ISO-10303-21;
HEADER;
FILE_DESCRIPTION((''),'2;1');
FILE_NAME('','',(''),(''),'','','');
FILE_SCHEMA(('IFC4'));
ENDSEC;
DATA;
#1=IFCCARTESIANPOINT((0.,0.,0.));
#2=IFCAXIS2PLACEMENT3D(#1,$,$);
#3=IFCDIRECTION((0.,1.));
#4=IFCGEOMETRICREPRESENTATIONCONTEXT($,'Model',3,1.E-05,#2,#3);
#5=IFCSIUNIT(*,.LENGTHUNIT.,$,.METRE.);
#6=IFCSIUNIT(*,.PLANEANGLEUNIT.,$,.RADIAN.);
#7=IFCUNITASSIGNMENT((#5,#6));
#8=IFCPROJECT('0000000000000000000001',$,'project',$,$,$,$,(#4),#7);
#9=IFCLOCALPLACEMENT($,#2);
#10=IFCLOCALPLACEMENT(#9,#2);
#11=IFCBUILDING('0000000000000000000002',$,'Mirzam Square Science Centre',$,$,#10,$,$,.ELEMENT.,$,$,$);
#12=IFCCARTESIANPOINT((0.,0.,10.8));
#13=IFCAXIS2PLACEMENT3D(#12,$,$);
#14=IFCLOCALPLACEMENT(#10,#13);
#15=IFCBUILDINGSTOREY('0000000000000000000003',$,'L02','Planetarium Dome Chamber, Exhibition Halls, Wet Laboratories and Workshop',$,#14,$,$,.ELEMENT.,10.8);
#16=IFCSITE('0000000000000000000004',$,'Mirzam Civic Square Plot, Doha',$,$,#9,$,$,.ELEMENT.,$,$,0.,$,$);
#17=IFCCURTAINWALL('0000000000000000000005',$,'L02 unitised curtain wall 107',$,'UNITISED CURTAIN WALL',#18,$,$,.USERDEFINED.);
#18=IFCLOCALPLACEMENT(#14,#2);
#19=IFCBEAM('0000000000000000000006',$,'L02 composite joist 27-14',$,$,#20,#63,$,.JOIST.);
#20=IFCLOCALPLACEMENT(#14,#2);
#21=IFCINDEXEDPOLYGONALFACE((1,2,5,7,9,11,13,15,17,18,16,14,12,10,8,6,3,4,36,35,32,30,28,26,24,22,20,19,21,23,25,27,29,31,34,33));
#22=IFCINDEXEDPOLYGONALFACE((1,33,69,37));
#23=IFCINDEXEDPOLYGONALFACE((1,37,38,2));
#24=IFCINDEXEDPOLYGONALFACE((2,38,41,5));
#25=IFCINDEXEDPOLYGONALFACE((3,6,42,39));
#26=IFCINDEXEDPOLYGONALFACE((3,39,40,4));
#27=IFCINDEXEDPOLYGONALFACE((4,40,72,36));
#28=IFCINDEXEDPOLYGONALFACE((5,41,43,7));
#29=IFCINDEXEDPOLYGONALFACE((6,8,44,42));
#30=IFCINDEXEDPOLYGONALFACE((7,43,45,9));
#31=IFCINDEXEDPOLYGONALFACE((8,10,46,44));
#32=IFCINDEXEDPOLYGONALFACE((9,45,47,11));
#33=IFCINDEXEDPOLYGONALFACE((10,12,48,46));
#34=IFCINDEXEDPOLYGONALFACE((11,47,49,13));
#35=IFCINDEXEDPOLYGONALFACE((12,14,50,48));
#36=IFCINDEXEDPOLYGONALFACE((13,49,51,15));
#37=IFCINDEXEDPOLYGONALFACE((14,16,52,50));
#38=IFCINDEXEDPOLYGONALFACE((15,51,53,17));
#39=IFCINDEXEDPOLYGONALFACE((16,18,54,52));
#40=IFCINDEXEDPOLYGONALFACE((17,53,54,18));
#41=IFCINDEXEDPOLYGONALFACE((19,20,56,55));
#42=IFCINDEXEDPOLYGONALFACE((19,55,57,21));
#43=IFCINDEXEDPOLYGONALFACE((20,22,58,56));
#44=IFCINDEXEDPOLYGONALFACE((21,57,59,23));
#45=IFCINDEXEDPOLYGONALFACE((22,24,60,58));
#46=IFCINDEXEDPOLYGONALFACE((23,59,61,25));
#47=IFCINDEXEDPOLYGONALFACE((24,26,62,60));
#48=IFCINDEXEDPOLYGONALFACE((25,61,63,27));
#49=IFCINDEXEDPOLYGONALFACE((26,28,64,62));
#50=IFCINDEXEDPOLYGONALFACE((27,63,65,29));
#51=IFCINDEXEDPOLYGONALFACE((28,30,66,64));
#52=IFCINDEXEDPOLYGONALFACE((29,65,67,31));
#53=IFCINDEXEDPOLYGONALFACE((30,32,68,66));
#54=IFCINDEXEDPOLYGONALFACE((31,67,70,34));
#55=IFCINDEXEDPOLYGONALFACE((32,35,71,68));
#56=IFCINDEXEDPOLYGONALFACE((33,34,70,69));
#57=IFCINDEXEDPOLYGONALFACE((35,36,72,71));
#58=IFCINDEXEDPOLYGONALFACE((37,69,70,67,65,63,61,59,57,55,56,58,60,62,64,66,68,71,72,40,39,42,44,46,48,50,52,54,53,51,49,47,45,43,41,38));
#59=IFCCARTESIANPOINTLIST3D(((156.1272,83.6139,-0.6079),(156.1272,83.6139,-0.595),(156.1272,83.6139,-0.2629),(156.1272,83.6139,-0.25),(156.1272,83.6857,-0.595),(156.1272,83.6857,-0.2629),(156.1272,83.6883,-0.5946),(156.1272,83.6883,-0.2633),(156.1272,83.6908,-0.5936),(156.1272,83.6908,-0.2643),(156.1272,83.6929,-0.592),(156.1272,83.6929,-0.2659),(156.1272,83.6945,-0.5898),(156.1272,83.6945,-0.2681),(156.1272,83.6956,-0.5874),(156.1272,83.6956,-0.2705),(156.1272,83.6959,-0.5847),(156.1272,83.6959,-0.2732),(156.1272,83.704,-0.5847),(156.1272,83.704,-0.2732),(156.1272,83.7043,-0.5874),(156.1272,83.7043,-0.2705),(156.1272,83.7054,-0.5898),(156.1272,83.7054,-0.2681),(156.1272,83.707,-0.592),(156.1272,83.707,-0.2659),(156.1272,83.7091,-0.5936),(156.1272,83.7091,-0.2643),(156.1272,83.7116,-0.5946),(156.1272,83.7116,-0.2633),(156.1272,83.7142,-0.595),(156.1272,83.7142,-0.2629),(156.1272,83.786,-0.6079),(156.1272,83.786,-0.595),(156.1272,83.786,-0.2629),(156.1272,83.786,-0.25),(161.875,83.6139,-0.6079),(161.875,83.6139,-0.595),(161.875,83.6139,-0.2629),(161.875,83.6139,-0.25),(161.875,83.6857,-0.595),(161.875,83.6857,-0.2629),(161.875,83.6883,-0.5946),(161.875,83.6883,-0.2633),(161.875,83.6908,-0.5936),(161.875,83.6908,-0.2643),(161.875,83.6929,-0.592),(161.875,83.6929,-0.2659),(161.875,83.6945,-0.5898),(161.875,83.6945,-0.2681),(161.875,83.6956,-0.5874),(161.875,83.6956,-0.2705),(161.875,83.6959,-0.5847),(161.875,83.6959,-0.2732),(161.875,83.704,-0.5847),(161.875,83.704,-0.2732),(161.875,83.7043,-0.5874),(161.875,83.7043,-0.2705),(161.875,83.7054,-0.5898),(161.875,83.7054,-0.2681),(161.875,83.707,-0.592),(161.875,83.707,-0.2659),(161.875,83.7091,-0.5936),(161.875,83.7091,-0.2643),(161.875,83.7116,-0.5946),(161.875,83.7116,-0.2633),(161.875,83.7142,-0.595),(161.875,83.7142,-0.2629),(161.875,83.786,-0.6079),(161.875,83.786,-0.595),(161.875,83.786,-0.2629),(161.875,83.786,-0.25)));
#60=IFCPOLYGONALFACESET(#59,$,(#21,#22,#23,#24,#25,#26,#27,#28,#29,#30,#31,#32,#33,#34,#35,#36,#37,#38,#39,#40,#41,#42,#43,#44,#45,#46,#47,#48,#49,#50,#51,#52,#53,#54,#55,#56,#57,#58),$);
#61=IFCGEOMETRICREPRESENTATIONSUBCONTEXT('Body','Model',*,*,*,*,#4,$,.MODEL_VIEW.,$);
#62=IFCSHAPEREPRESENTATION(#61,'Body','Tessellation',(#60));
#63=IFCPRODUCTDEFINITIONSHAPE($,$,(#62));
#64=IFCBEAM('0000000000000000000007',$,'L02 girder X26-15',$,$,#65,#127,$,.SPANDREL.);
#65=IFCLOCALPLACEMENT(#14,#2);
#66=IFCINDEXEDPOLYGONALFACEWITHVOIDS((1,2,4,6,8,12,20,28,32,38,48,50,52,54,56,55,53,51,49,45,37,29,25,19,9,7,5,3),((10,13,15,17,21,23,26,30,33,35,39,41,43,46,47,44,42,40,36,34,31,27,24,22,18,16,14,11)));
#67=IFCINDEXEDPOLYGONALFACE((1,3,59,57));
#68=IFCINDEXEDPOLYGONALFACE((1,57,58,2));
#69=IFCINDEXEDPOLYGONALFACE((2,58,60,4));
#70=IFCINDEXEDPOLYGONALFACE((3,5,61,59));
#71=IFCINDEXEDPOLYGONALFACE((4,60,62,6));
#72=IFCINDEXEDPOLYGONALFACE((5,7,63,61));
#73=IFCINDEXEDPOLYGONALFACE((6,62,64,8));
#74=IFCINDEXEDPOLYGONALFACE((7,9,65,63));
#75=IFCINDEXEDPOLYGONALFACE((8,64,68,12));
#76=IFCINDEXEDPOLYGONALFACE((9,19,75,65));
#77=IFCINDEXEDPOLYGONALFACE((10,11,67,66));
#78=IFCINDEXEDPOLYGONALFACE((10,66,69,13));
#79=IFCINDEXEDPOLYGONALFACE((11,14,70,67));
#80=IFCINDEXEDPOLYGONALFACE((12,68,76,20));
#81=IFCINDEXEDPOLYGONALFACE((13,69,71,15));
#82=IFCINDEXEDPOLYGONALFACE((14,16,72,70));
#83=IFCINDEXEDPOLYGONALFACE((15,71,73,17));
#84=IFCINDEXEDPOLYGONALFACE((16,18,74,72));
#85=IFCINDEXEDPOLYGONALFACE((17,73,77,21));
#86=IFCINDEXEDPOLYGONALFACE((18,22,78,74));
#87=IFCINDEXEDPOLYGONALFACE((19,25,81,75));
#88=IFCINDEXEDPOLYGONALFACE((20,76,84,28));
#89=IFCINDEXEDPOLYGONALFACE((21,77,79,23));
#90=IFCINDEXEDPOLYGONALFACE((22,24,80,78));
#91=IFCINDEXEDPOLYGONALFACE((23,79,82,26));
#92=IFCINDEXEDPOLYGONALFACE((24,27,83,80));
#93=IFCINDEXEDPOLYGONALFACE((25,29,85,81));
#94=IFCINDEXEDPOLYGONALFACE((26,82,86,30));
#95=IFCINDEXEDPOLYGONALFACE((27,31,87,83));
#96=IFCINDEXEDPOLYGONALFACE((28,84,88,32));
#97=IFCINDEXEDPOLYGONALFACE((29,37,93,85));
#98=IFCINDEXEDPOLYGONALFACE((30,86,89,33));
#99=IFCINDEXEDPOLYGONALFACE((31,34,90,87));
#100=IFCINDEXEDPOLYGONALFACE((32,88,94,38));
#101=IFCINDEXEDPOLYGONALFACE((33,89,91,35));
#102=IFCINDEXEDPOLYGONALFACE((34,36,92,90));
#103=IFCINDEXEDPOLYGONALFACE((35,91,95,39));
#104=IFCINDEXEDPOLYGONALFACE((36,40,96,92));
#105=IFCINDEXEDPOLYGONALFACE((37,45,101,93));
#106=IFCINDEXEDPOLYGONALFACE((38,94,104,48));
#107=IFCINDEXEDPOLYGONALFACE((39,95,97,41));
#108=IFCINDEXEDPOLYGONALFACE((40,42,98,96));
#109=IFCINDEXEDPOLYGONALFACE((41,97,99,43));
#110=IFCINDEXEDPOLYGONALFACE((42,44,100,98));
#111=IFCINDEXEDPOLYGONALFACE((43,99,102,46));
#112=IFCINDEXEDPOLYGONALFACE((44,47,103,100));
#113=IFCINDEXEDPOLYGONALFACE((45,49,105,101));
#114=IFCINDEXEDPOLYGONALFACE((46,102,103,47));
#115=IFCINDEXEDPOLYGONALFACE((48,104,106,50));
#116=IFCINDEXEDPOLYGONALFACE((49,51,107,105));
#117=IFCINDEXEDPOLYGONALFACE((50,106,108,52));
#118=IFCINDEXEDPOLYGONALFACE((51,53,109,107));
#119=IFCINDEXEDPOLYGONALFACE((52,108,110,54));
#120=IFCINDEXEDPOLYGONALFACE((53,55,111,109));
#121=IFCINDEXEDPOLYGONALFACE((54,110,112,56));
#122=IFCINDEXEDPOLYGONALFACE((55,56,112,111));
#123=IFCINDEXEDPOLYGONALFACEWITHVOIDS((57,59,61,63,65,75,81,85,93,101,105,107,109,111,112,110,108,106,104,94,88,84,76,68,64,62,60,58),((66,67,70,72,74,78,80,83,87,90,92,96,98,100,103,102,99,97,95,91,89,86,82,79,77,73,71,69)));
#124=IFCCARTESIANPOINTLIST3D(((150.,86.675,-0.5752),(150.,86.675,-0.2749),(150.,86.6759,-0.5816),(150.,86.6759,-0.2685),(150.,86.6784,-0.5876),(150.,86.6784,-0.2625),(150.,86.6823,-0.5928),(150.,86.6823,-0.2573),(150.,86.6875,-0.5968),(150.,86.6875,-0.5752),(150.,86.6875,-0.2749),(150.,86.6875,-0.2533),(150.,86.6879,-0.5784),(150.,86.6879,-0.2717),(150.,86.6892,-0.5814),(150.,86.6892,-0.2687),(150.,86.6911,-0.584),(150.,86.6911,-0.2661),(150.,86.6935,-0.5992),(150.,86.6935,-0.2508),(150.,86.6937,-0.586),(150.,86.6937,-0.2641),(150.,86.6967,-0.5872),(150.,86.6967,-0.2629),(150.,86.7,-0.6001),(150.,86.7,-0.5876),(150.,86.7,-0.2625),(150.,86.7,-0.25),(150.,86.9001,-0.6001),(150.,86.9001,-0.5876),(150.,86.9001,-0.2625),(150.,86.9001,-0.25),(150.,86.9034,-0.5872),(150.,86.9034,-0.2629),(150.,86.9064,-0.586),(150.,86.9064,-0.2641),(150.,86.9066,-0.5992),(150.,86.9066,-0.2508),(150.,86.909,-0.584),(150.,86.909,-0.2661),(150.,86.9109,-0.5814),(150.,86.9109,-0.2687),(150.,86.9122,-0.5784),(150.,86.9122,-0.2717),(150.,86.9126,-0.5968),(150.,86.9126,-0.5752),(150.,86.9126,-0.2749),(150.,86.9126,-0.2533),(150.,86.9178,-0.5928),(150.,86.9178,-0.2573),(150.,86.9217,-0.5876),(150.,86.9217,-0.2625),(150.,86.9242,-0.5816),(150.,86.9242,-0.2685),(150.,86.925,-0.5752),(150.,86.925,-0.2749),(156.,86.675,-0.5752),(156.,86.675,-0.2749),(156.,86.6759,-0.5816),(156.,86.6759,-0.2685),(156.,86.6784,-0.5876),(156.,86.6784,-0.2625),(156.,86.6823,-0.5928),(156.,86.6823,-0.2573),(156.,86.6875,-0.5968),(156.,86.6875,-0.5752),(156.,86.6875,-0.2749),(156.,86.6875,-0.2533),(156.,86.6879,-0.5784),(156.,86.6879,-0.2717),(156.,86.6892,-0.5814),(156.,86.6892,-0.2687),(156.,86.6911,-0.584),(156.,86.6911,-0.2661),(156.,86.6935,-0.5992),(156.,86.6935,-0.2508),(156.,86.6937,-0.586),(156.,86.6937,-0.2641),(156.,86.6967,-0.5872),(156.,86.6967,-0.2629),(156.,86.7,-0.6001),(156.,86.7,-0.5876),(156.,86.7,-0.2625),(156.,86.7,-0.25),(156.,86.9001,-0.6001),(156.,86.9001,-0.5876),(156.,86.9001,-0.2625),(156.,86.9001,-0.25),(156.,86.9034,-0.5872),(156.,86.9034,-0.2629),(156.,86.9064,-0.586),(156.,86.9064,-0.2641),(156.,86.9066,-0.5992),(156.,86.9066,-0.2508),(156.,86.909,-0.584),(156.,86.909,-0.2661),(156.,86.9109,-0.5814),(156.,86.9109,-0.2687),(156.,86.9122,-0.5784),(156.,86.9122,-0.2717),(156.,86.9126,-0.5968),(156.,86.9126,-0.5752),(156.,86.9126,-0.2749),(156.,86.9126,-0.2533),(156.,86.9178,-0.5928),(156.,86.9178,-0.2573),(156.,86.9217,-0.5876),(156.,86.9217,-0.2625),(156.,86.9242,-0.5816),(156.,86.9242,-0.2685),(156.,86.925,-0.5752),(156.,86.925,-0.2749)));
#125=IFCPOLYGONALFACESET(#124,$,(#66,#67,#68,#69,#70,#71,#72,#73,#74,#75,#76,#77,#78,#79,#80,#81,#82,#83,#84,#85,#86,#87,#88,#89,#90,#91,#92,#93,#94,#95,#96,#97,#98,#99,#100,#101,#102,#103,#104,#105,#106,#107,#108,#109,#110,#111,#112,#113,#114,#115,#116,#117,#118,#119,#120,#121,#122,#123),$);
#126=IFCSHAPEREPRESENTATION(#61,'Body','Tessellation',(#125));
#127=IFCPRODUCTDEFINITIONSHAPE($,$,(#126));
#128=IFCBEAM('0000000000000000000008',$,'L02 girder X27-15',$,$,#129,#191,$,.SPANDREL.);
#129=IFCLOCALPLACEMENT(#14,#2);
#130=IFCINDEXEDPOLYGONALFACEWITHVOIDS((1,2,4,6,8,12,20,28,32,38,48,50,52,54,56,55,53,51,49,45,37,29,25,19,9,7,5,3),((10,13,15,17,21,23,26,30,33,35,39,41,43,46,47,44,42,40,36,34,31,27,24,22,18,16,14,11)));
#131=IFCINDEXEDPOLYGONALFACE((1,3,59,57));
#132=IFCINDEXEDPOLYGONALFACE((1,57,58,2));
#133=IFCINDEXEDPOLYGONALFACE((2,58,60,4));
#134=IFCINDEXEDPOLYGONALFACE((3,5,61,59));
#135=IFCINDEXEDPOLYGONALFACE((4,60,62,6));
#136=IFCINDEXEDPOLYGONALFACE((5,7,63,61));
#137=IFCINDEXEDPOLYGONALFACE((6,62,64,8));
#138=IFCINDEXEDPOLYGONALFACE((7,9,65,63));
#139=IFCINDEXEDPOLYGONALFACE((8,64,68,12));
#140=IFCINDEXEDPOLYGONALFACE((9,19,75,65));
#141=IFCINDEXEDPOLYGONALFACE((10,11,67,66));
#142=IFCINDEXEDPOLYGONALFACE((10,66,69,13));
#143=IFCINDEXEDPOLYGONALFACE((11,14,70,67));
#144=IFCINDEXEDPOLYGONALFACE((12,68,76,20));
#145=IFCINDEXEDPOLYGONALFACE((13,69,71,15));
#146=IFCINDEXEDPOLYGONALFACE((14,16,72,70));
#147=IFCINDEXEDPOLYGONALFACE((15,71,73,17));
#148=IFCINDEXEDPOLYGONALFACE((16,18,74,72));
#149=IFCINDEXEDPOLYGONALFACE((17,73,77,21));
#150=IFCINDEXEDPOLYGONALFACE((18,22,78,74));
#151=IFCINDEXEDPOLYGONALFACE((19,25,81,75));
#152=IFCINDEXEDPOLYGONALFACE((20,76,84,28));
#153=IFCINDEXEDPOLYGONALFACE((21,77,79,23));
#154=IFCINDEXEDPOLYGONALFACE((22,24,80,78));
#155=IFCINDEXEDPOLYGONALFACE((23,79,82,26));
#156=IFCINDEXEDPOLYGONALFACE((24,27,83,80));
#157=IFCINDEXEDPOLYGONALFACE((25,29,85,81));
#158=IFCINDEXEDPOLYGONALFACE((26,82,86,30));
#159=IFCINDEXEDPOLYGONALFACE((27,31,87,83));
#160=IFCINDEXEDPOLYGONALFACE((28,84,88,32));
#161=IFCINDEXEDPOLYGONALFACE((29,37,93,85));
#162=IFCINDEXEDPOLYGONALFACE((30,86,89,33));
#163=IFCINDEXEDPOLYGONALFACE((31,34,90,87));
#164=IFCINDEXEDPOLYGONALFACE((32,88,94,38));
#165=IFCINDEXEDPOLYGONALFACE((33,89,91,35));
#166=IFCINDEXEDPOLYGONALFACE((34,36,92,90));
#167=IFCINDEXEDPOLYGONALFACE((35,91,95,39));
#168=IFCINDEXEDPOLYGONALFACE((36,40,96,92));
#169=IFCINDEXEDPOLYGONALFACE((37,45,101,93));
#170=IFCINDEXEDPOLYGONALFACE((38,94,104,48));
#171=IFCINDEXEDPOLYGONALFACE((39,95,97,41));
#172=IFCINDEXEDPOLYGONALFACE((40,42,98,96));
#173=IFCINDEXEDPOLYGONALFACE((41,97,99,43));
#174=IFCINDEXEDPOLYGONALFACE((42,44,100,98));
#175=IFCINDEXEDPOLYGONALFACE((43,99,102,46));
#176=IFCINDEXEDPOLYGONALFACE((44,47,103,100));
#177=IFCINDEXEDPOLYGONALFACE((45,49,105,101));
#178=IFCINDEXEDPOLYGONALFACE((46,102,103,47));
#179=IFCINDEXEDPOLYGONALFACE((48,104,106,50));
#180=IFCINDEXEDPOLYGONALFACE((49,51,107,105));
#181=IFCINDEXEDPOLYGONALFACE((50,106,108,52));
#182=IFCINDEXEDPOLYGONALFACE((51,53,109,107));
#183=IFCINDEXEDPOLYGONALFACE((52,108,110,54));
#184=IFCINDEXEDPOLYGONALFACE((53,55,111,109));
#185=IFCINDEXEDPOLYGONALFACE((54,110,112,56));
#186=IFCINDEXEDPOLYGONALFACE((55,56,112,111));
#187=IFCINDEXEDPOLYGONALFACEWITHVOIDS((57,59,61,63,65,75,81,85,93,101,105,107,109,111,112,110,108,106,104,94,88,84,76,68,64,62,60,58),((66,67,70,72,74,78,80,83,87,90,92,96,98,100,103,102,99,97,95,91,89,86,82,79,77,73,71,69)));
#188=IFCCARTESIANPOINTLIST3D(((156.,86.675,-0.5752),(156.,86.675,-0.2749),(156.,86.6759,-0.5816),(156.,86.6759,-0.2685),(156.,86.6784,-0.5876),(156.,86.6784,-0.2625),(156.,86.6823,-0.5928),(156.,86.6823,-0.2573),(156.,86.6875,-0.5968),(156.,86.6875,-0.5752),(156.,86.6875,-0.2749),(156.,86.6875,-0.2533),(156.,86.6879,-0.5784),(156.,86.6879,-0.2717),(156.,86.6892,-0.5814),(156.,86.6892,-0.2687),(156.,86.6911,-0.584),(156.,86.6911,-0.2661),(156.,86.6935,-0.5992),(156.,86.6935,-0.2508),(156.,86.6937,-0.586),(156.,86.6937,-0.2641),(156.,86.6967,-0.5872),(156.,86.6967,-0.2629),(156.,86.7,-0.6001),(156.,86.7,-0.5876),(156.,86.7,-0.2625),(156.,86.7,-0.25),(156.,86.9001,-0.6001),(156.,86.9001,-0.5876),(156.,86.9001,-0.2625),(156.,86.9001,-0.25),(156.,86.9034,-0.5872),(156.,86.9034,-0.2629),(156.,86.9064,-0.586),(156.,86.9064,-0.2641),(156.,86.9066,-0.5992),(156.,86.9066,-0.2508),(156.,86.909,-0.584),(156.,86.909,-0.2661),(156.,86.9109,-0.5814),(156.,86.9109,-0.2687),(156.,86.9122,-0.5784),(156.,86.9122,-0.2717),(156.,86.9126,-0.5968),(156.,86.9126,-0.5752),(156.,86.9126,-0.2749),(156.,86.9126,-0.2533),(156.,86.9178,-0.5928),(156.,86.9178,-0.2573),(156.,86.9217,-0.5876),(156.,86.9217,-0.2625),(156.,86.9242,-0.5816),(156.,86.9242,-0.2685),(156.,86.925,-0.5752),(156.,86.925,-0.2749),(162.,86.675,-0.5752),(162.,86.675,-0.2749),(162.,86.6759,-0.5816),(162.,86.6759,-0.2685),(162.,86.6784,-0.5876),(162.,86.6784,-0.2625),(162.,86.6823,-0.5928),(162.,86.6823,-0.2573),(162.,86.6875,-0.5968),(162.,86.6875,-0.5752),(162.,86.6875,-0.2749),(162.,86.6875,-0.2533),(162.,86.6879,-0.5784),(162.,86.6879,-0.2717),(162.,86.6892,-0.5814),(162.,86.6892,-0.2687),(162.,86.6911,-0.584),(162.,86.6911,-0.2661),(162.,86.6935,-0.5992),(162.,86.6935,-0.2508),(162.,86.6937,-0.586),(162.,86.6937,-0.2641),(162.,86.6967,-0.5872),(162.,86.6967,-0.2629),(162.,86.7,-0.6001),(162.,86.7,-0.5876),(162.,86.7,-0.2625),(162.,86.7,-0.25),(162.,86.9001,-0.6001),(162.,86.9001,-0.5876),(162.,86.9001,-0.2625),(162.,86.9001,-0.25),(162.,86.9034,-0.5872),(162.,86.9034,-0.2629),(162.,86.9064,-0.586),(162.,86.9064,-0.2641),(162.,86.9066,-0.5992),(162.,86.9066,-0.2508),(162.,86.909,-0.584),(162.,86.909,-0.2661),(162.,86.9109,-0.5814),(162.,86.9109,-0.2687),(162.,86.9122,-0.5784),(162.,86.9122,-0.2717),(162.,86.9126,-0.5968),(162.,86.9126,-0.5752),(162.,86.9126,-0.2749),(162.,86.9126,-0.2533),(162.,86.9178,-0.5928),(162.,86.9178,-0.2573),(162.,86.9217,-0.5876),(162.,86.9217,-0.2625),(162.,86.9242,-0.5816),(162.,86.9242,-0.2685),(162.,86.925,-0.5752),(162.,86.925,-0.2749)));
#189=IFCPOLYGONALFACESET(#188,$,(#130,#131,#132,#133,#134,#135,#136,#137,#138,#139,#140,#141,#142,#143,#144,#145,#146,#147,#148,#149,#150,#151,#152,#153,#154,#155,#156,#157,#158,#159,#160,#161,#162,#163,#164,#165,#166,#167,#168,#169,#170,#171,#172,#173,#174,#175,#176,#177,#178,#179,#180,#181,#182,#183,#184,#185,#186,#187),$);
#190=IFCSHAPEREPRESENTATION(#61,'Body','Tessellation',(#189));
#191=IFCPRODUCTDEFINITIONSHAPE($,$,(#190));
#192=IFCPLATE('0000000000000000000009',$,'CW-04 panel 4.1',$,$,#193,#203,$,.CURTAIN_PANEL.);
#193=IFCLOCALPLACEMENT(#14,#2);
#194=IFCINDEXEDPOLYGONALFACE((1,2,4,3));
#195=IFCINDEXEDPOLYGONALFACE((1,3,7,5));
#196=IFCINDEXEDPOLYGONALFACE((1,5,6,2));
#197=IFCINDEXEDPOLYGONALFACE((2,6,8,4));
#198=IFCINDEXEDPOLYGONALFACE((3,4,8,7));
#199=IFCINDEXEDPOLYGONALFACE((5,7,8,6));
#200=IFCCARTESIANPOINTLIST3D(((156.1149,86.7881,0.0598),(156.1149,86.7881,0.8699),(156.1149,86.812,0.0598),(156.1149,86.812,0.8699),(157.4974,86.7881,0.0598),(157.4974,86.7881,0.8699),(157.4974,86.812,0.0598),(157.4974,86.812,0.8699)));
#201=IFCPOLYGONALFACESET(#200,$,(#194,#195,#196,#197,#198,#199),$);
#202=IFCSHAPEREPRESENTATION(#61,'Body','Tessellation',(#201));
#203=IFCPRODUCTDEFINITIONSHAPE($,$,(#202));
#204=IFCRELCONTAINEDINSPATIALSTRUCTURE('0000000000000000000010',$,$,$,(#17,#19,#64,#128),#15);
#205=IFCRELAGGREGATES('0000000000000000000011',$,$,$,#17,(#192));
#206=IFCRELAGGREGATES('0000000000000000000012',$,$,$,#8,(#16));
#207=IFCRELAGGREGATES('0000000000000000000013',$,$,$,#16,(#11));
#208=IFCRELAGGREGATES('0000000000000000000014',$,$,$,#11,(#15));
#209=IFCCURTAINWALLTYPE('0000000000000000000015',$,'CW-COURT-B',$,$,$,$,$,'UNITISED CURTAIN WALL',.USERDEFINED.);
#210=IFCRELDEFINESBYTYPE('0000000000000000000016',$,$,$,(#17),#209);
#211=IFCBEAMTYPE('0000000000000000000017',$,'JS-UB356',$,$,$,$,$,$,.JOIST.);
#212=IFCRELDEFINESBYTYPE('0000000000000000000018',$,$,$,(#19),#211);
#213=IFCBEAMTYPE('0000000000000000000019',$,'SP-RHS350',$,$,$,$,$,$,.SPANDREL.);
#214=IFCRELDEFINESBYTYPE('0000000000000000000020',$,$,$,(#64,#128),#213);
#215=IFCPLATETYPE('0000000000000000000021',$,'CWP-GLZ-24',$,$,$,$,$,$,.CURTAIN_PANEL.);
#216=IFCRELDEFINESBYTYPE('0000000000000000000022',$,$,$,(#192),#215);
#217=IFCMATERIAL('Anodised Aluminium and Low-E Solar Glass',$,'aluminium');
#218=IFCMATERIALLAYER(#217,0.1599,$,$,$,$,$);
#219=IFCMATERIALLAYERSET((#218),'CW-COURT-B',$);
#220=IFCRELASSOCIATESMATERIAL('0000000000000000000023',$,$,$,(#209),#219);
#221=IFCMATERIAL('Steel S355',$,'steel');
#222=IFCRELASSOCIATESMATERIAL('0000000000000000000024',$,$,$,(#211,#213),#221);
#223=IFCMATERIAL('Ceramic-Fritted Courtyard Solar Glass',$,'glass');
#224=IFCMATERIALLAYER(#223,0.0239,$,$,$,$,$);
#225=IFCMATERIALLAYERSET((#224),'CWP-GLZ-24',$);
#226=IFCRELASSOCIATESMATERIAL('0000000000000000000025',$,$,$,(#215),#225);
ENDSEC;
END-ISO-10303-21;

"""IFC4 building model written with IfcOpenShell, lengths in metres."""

from ifc_helpers import new_model, si_unit, direction, frame, origin, origin_2d, place, context, subcontext, project, spatial, rectangle, hollow_rectangle, i_section, extrude, material, layer, layer_set, material_profile, profile_set, type_object, element, aggregate, save


model = new_model("IFC4")

# Units and contexts
model_context = context("Model", 3, precision=1e-05, world=origin(), true_north=direction((0.0, 1.0)))
body_context = subcontext(model_context, "Body", "Model", "MODEL_VIEW")
ifc_project = project(units=[si_unit("LENGTHUNIT", "METRE"), si_unit("PLANEANGLEUNIT", "RADIAN")], contexts=[model_context])

# Site, building, storey
site_placement = place(None, origin())
site = spatial("IfcSite", under=ifc_project, at=site_placement, Name="Mirzam Civic Square Plot, Doha", CompositionType="ELEMENT", RefElevation=0.0)
building_placement = place(site_placement, origin())
building = spatial("IfcBuilding", under=site, at=building_placement, Name="Mirzam Square Science Centre", CompositionType="ELEMENT")
storey_placement = place(building_placement, frame((0.0, 0.0, 10.8)))
storey = spatial("IfcBuildingStorey", under=building, at=storey_placement, Name="L02", Description="Planetarium Dome Chamber, Exhibition Halls, Wet Laboratories and Workshop", CompositionType="ELEMENT", Elevation=10.8)

# Shared definitions
ifc_material_1 = material(Name="Steel S355", Category="steel")

# Curtain wall
ifc_material_2 = material(Name="Anodised Aluminium and Low-E Solar Glass", Category="aluminium")
ifc_layer_1 = layer(ifc_material_2, 0.1599)
ifc_layer_set_1 = layer_set([ifc_layer_1], Name="CW-COURT-B")
curtain_wall_type_1 = type_object("IfcCurtainWallType", Name="CW-COURT-B", ElementType="UNITISED CURTAIN WALL", PredefinedType="USERDEFINED", material=ifc_layer_set_1)
curtain_wall_1_placement = place(storey_placement, origin())
curtain_wall_1 = element("IfcCurtainWall", 1, at=curtain_wall_1_placement, inside=storey, type_object=curtain_wall_type_1, Name="L02 unitised curtain wall 107", ObjectType="UNITISED CURTAIN WALL", PredefinedType="USERDEFINED")

# Beams
ifc_material_profile_1 = material_profile(ifc_material_1, i_section(OverallWidth=0.1721, OverallDepth=0.3579, WebThickness=0.0081, FlangeThickness=0.0129, FilletRadius=0.0103, at=origin_2d()), Name="356x171x57UB")
ifc_profile_set_1 = profile_set([ifc_material_profile_1], Name="Steel S355")
beam_type_1 = type_object("IfcBeamType", Name="JS-UB356", PredefinedType="JOIST", material=ifc_profile_set_1)
beam_1_placement = place(storey_placement, frame((156.1272, 83.7, -0.429), z_axis=(1.0, 0.0, 0.0), x_axis=(0.0, 1.0, 0.0)))
element("IfcBeam", 2, at=beam_1_placement, inside=storey, type_object=beam_type_1, Name="L02 composite joist 27-14", PredefinedType="JOIST", context=body_context, shape_type="SweptSolid", body=[
    extrude(i_section(OverallWidth=0.1721, OverallDepth=0.3579, WebThickness=0.0081, FlangeThickness=0.0129, FilletRadius=0.0103, at=origin_2d()), origin(), (0.0, 0.0, 1.0), 5.7478),
])
ifc_material_profile_2 = material_profile(ifc_material_1, hollow_rectangle(XDim=0.25, YDim=0.3501, WallThickness=0.0125, InnerFilletRadius=0.0125, OuterFilletRadius=0.0249, at=origin_2d()), Name="350x250x12.5RHS")
ifc_profile_set_2 = profile_set([ifc_material_profile_2], Name="Steel S355")
beam_type_2 = type_object("IfcBeamType", Name="SP-RHS350", PredefinedType="SPANDREL", material=ifc_profile_set_2)
for number, where, z_axis, x_axis, name in (
    (3, (150.0, 86.8, -0.425), (1.0, 0.0, 0.0), (0.0, 1.0, 0.0), "L02 girder X26-15"),
    (4, (156.0, 86.8, -0.425), (1.0, 0.0, 0.0), (0.0, 1.0, 0.0), "L02 girder X27-15"),
):
    element("IfcBeam", number, at=place(storey_placement, frame(where, z_axis=z_axis, x_axis=x_axis)), inside=storey, type_object=beam_type_2, Name=name, PredefinedType="SPANDREL", context=body_context, shape_type="SweptSolid", body=[
        extrude(hollow_rectangle(XDim=0.25, YDim=0.3501, WallThickness=0.0125, InnerFilletRadius=0.0125, OuterFilletRadius=0.0249, at=origin_2d()), origin(), (0.0, 0.0, 1.0), 6.0),
    ])

# Plate
ifc_material_3 = material(Name="Ceramic-Fritted Courtyard Solar Glass", Category="glass")
ifc_layer_2 = layer(ifc_material_3, 0.0239)
ifc_layer_set_2 = layer_set([ifc_layer_2], Name="CWP-GLZ-24")
plate_type_1 = type_object("IfcPlateType", Name="CWP-GLZ-24", PredefinedType="CURTAIN_PANEL", material=ifc_layer_set_2)
plate_1_placement = place(storey_placement, frame((156.8062, 86.8, 0.0598), z_axis=(0.0, 0.0, 1.0), x_axis=(-1.0, 0.0, 0.0)))
plate_1 = element("IfcPlate", 5, at=plate_1_placement, type_object=plate_type_1, Name="CW-04 panel 4.1", PredefinedType="CURTAIN_PANEL", context=body_context, shape_type="SweptSolid", body=[
    extrude(rectangle(XDim=1.3826, YDim=0.0239, at=origin_2d()), origin(), (0.0, 0.0, 1.0), 0.8101),
])
aggregate(curtain_wall_1, [plate_1])

save(model, "model.ifc")
